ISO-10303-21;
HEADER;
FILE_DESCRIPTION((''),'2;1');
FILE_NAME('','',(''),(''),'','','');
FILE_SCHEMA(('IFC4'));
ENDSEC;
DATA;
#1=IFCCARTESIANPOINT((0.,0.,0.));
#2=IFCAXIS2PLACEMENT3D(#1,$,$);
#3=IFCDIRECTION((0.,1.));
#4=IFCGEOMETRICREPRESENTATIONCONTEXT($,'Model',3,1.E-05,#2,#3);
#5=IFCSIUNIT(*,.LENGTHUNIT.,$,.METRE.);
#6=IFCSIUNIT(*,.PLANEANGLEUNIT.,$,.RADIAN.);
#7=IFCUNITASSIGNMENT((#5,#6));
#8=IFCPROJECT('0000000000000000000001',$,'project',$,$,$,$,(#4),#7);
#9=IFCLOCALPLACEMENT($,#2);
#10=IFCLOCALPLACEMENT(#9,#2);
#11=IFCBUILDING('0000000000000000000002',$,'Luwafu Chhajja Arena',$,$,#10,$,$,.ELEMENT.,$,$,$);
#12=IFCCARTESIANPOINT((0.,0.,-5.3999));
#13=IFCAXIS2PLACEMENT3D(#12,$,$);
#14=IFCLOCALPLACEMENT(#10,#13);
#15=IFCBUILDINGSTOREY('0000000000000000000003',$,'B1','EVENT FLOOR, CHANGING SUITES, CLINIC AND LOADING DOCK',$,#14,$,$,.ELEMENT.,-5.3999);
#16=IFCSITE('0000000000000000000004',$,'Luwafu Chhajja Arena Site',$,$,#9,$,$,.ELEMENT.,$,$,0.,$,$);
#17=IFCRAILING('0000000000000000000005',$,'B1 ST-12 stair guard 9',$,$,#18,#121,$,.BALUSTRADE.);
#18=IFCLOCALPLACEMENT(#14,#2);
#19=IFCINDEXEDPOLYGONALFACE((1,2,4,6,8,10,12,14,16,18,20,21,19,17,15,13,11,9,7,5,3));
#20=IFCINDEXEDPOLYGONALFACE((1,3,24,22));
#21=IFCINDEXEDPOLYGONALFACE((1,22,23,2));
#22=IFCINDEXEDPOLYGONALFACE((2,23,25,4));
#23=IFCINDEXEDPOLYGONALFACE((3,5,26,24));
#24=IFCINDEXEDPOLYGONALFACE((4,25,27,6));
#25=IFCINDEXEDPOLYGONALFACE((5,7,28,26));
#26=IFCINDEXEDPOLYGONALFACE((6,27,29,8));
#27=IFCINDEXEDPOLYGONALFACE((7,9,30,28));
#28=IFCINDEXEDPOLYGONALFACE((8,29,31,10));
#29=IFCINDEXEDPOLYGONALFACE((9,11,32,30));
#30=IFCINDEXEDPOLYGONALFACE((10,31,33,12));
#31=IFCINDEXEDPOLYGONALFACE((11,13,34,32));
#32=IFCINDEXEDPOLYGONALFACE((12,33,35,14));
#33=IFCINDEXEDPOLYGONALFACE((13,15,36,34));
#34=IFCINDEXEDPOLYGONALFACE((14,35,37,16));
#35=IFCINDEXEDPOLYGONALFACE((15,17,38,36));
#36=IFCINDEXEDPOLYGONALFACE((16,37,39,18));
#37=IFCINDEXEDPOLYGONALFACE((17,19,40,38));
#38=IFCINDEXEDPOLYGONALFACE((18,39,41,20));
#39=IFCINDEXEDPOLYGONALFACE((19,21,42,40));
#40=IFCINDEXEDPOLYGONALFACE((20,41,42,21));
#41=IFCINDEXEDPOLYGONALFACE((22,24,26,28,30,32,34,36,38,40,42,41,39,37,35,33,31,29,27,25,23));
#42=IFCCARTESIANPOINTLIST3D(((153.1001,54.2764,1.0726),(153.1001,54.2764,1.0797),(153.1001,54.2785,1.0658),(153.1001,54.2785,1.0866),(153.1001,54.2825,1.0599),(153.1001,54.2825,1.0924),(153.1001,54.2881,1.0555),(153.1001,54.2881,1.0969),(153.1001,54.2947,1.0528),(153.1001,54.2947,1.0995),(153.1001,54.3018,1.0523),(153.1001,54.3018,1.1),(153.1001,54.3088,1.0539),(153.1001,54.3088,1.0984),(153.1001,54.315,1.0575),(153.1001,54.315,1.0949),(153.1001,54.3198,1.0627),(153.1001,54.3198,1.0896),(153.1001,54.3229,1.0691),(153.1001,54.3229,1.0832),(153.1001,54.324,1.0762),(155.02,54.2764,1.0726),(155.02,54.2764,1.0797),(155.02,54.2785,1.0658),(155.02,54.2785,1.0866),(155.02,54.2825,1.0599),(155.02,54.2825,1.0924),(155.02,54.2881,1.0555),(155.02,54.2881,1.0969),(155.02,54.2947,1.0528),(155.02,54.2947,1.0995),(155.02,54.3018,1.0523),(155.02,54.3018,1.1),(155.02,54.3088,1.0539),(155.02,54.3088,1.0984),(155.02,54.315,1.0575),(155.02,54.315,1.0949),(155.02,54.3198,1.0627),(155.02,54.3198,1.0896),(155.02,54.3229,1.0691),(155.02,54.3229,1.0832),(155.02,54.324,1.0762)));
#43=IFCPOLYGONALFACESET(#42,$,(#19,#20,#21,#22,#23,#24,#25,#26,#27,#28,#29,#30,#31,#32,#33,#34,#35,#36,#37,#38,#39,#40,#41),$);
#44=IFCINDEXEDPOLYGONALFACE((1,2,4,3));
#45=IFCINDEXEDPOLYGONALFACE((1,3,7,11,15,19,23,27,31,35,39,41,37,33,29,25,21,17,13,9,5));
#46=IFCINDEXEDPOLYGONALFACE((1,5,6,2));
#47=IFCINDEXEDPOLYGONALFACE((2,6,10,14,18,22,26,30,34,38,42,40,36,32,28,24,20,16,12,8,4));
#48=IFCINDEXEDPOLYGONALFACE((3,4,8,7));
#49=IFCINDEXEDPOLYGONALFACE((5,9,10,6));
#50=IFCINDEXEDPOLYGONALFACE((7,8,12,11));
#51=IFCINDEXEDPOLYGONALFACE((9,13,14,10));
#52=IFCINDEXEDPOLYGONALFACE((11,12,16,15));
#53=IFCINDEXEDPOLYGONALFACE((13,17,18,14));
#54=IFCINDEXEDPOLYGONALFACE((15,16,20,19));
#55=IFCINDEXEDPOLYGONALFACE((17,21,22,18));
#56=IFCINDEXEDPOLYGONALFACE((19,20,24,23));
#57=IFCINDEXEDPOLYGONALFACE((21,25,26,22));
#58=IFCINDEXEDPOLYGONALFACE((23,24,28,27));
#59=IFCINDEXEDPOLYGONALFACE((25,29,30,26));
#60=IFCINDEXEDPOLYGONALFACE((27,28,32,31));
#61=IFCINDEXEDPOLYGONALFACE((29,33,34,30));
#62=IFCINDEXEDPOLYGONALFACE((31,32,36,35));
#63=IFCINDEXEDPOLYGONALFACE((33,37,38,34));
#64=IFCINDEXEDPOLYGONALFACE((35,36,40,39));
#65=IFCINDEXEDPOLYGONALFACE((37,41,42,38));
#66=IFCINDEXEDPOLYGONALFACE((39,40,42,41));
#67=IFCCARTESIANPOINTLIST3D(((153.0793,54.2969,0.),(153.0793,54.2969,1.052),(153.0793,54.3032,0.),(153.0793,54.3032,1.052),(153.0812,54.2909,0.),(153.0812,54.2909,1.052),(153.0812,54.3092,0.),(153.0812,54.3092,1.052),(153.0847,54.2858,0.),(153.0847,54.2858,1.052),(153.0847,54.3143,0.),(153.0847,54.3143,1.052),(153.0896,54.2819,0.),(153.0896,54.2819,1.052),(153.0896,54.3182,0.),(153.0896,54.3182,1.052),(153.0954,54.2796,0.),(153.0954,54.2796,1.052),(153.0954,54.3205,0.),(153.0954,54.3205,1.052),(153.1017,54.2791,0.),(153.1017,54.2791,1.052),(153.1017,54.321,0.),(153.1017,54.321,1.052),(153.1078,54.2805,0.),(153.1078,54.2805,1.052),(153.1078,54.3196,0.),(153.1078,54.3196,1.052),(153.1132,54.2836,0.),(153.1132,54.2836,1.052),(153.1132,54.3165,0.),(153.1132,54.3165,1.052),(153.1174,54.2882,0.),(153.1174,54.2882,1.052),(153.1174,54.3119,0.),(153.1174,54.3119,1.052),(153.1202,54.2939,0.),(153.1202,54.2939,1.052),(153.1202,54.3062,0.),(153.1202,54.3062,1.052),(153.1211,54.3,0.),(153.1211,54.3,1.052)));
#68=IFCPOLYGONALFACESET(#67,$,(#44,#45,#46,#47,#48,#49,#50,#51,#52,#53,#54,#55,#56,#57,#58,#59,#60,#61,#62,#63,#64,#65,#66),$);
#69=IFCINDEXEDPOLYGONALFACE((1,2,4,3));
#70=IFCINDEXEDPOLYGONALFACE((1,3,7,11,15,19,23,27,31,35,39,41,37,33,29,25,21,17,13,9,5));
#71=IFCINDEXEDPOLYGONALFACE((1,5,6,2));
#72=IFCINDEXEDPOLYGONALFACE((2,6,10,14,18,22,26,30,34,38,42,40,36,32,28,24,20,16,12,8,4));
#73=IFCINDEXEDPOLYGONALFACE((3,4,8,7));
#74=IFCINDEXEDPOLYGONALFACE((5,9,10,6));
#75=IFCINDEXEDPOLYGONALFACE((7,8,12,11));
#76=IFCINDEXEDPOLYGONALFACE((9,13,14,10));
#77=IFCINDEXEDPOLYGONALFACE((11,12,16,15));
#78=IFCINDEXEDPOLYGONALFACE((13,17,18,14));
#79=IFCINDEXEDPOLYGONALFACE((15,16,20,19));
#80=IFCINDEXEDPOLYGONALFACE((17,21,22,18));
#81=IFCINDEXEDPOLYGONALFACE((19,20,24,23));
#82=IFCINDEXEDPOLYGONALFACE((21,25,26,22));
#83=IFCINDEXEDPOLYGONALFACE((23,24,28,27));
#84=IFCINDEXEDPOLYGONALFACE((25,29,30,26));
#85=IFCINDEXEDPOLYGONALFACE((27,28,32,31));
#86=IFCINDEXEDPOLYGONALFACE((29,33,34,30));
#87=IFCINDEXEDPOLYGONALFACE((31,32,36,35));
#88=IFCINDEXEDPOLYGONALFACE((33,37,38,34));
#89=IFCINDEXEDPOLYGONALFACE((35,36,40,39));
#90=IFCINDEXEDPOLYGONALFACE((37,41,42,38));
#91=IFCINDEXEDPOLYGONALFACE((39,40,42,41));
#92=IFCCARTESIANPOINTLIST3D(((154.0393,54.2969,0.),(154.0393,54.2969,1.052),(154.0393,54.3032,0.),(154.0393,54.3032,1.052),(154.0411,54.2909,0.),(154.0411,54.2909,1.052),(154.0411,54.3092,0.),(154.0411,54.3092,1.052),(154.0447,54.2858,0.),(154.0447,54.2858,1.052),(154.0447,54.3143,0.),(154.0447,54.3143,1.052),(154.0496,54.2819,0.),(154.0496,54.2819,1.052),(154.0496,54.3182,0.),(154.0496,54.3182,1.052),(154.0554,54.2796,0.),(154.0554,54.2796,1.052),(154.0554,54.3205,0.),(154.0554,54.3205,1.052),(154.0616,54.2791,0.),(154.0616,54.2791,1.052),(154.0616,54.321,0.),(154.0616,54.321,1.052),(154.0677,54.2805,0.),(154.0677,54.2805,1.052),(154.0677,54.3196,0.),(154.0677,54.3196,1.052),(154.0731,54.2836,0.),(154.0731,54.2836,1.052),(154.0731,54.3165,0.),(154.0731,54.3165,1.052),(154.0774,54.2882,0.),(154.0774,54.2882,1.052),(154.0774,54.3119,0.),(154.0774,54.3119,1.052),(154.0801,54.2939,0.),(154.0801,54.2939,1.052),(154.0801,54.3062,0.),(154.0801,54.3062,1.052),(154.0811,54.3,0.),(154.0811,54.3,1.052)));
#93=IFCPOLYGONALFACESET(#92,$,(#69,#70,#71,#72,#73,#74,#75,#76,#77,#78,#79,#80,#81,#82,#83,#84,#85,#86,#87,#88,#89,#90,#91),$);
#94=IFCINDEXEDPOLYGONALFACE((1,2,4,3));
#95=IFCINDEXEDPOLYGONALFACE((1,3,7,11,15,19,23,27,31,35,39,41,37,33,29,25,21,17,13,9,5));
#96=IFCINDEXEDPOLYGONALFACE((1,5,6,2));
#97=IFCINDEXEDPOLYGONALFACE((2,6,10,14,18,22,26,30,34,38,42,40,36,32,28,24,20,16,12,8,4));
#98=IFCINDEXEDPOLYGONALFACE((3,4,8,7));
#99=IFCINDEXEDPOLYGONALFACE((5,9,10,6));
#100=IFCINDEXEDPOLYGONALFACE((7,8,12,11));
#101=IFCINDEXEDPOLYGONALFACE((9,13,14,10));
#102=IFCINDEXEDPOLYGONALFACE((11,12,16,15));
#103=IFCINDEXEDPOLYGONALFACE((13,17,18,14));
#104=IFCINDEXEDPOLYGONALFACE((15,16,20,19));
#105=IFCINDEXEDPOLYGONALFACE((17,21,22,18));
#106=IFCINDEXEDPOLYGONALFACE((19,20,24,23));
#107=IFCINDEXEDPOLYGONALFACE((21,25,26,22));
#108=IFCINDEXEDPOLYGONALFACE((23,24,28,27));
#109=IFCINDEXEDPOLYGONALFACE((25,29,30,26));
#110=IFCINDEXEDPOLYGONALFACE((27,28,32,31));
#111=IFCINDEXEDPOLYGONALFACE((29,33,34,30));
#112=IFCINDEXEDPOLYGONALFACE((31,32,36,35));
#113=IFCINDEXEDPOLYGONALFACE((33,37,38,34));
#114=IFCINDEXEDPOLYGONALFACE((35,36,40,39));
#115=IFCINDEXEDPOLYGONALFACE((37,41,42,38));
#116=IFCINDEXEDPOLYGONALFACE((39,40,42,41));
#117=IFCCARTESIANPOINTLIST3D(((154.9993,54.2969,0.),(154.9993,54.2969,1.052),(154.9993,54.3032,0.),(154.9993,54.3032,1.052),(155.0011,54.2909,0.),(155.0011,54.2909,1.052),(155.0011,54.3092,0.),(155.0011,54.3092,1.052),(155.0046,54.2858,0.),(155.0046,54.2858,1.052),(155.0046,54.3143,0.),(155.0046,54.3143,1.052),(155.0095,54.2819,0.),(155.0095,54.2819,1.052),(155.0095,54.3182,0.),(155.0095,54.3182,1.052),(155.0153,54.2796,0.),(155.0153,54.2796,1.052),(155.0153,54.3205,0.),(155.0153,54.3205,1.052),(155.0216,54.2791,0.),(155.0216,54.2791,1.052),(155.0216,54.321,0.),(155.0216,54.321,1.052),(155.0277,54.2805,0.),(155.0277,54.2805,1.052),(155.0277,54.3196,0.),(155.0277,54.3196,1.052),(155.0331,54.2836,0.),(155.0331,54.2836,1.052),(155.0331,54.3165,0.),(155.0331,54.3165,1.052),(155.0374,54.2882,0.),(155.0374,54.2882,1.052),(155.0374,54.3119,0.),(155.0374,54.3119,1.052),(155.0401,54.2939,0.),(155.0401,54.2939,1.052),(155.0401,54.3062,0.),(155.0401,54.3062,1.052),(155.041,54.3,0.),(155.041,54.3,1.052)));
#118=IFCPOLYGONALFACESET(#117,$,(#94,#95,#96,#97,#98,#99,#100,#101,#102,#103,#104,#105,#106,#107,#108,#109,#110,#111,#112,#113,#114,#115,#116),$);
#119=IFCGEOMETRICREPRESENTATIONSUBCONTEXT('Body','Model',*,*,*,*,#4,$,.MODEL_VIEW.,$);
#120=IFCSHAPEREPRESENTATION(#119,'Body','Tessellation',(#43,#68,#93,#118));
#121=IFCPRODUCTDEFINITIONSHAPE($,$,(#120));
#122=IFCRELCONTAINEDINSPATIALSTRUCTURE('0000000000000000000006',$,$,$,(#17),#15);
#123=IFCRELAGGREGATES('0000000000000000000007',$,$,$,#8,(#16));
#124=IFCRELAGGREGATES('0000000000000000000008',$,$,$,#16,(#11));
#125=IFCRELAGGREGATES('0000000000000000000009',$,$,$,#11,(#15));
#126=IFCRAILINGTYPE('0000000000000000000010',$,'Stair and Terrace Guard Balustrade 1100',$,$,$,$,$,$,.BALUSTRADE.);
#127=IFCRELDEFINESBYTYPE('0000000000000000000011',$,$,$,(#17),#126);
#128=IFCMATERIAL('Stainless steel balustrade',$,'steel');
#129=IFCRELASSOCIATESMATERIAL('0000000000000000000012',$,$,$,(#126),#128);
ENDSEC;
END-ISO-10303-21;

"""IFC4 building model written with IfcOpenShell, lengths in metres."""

from ifc_helpers import new_model, si_unit, direction, frame, origin, origin_2d, place, context, subcontext, project, spatial, circle, extrude, material, type_object, element, save


model = new_model("IFC4")

# Units and contexts
model_context = context("Model", 3, precision=1e-05, world=origin(), true_north=direction((0.0, 1.0)))
body_context = subcontext(model_context, "Body", "Model", "MODEL_VIEW")
ifc_project = project(units=[si_unit("LENGTHUNIT", "METRE"), si_unit("PLANEANGLEUNIT", "RADIAN")], contexts=[model_context])

# Site, building, storey
site_placement = place(None, origin())
site = spatial("IfcSite", under=ifc_project, at=site_placement, Name="Luwafu Chhajja Arena Site", CompositionType="ELEMENT", RefElevation=0.0)
building_placement = place(site_placement, origin())
building = spatial("IfcBuilding", under=site, at=building_placement, Name="Luwafu Chhajja Arena", CompositionType="ELEMENT")
storey_placement = place(building_placement, frame((0.0, 0.0, -5.3999)))
storey = spatial("IfcBuildingStorey", under=building, at=storey_placement, Name="B1", Description="EVENT FLOOR, CHANGING SUITES, CLINIC AND LOADING DOCK", CompositionType="ELEMENT", Elevation=-5.3999)

# Railing
ifc_material_1 = material(Name="Stainless steel balustrade", Category="steel")
railing_type_1 = type_object("IfcRailingType", Name="Stair and Terrace Guard Balustrade 1100", PredefinedType="BALUSTRADE", material=ifc_material_1)
for number, where, name in (
    (1, (153.1001, 54.3, 0.0), "B1 ST-12 stair guard 9"),
):
    element("IfcRailing", number, at=place(storey_placement, frame(where)), inside=storey, type_object=railing_type_1, Name=name, PredefinedType="BALUSTRADE", context=body_context, shape_type="SweptSolid", body=[
        extrude(circle(Radius=0.0239, at=origin_2d()), frame((0.0, 0.0, 1.0762), z_axis=(1.0, 0.0, 0.0), x_axis=(0.0, 1.0, 0.0)), (0.0, 0.0, 1.0), 1.9199),
        extrude(circle(Radius=0.021, at=origin_2d()), origin(), (0.0, 0.0, 1.0), 1.052),
        extrude(circle(Radius=0.021, at=origin_2d()), frame((0.96, 0.0, 0.0)), (0.0, 0.0, 1.0), 1.052),
        extrude(circle(Radius=0.021, at=origin_2d()), frame((1.9199, 0.0, 0.0)), (0.0, 0.0, 1.0), 1.052),
    ])

save(model, "model.ifc")
